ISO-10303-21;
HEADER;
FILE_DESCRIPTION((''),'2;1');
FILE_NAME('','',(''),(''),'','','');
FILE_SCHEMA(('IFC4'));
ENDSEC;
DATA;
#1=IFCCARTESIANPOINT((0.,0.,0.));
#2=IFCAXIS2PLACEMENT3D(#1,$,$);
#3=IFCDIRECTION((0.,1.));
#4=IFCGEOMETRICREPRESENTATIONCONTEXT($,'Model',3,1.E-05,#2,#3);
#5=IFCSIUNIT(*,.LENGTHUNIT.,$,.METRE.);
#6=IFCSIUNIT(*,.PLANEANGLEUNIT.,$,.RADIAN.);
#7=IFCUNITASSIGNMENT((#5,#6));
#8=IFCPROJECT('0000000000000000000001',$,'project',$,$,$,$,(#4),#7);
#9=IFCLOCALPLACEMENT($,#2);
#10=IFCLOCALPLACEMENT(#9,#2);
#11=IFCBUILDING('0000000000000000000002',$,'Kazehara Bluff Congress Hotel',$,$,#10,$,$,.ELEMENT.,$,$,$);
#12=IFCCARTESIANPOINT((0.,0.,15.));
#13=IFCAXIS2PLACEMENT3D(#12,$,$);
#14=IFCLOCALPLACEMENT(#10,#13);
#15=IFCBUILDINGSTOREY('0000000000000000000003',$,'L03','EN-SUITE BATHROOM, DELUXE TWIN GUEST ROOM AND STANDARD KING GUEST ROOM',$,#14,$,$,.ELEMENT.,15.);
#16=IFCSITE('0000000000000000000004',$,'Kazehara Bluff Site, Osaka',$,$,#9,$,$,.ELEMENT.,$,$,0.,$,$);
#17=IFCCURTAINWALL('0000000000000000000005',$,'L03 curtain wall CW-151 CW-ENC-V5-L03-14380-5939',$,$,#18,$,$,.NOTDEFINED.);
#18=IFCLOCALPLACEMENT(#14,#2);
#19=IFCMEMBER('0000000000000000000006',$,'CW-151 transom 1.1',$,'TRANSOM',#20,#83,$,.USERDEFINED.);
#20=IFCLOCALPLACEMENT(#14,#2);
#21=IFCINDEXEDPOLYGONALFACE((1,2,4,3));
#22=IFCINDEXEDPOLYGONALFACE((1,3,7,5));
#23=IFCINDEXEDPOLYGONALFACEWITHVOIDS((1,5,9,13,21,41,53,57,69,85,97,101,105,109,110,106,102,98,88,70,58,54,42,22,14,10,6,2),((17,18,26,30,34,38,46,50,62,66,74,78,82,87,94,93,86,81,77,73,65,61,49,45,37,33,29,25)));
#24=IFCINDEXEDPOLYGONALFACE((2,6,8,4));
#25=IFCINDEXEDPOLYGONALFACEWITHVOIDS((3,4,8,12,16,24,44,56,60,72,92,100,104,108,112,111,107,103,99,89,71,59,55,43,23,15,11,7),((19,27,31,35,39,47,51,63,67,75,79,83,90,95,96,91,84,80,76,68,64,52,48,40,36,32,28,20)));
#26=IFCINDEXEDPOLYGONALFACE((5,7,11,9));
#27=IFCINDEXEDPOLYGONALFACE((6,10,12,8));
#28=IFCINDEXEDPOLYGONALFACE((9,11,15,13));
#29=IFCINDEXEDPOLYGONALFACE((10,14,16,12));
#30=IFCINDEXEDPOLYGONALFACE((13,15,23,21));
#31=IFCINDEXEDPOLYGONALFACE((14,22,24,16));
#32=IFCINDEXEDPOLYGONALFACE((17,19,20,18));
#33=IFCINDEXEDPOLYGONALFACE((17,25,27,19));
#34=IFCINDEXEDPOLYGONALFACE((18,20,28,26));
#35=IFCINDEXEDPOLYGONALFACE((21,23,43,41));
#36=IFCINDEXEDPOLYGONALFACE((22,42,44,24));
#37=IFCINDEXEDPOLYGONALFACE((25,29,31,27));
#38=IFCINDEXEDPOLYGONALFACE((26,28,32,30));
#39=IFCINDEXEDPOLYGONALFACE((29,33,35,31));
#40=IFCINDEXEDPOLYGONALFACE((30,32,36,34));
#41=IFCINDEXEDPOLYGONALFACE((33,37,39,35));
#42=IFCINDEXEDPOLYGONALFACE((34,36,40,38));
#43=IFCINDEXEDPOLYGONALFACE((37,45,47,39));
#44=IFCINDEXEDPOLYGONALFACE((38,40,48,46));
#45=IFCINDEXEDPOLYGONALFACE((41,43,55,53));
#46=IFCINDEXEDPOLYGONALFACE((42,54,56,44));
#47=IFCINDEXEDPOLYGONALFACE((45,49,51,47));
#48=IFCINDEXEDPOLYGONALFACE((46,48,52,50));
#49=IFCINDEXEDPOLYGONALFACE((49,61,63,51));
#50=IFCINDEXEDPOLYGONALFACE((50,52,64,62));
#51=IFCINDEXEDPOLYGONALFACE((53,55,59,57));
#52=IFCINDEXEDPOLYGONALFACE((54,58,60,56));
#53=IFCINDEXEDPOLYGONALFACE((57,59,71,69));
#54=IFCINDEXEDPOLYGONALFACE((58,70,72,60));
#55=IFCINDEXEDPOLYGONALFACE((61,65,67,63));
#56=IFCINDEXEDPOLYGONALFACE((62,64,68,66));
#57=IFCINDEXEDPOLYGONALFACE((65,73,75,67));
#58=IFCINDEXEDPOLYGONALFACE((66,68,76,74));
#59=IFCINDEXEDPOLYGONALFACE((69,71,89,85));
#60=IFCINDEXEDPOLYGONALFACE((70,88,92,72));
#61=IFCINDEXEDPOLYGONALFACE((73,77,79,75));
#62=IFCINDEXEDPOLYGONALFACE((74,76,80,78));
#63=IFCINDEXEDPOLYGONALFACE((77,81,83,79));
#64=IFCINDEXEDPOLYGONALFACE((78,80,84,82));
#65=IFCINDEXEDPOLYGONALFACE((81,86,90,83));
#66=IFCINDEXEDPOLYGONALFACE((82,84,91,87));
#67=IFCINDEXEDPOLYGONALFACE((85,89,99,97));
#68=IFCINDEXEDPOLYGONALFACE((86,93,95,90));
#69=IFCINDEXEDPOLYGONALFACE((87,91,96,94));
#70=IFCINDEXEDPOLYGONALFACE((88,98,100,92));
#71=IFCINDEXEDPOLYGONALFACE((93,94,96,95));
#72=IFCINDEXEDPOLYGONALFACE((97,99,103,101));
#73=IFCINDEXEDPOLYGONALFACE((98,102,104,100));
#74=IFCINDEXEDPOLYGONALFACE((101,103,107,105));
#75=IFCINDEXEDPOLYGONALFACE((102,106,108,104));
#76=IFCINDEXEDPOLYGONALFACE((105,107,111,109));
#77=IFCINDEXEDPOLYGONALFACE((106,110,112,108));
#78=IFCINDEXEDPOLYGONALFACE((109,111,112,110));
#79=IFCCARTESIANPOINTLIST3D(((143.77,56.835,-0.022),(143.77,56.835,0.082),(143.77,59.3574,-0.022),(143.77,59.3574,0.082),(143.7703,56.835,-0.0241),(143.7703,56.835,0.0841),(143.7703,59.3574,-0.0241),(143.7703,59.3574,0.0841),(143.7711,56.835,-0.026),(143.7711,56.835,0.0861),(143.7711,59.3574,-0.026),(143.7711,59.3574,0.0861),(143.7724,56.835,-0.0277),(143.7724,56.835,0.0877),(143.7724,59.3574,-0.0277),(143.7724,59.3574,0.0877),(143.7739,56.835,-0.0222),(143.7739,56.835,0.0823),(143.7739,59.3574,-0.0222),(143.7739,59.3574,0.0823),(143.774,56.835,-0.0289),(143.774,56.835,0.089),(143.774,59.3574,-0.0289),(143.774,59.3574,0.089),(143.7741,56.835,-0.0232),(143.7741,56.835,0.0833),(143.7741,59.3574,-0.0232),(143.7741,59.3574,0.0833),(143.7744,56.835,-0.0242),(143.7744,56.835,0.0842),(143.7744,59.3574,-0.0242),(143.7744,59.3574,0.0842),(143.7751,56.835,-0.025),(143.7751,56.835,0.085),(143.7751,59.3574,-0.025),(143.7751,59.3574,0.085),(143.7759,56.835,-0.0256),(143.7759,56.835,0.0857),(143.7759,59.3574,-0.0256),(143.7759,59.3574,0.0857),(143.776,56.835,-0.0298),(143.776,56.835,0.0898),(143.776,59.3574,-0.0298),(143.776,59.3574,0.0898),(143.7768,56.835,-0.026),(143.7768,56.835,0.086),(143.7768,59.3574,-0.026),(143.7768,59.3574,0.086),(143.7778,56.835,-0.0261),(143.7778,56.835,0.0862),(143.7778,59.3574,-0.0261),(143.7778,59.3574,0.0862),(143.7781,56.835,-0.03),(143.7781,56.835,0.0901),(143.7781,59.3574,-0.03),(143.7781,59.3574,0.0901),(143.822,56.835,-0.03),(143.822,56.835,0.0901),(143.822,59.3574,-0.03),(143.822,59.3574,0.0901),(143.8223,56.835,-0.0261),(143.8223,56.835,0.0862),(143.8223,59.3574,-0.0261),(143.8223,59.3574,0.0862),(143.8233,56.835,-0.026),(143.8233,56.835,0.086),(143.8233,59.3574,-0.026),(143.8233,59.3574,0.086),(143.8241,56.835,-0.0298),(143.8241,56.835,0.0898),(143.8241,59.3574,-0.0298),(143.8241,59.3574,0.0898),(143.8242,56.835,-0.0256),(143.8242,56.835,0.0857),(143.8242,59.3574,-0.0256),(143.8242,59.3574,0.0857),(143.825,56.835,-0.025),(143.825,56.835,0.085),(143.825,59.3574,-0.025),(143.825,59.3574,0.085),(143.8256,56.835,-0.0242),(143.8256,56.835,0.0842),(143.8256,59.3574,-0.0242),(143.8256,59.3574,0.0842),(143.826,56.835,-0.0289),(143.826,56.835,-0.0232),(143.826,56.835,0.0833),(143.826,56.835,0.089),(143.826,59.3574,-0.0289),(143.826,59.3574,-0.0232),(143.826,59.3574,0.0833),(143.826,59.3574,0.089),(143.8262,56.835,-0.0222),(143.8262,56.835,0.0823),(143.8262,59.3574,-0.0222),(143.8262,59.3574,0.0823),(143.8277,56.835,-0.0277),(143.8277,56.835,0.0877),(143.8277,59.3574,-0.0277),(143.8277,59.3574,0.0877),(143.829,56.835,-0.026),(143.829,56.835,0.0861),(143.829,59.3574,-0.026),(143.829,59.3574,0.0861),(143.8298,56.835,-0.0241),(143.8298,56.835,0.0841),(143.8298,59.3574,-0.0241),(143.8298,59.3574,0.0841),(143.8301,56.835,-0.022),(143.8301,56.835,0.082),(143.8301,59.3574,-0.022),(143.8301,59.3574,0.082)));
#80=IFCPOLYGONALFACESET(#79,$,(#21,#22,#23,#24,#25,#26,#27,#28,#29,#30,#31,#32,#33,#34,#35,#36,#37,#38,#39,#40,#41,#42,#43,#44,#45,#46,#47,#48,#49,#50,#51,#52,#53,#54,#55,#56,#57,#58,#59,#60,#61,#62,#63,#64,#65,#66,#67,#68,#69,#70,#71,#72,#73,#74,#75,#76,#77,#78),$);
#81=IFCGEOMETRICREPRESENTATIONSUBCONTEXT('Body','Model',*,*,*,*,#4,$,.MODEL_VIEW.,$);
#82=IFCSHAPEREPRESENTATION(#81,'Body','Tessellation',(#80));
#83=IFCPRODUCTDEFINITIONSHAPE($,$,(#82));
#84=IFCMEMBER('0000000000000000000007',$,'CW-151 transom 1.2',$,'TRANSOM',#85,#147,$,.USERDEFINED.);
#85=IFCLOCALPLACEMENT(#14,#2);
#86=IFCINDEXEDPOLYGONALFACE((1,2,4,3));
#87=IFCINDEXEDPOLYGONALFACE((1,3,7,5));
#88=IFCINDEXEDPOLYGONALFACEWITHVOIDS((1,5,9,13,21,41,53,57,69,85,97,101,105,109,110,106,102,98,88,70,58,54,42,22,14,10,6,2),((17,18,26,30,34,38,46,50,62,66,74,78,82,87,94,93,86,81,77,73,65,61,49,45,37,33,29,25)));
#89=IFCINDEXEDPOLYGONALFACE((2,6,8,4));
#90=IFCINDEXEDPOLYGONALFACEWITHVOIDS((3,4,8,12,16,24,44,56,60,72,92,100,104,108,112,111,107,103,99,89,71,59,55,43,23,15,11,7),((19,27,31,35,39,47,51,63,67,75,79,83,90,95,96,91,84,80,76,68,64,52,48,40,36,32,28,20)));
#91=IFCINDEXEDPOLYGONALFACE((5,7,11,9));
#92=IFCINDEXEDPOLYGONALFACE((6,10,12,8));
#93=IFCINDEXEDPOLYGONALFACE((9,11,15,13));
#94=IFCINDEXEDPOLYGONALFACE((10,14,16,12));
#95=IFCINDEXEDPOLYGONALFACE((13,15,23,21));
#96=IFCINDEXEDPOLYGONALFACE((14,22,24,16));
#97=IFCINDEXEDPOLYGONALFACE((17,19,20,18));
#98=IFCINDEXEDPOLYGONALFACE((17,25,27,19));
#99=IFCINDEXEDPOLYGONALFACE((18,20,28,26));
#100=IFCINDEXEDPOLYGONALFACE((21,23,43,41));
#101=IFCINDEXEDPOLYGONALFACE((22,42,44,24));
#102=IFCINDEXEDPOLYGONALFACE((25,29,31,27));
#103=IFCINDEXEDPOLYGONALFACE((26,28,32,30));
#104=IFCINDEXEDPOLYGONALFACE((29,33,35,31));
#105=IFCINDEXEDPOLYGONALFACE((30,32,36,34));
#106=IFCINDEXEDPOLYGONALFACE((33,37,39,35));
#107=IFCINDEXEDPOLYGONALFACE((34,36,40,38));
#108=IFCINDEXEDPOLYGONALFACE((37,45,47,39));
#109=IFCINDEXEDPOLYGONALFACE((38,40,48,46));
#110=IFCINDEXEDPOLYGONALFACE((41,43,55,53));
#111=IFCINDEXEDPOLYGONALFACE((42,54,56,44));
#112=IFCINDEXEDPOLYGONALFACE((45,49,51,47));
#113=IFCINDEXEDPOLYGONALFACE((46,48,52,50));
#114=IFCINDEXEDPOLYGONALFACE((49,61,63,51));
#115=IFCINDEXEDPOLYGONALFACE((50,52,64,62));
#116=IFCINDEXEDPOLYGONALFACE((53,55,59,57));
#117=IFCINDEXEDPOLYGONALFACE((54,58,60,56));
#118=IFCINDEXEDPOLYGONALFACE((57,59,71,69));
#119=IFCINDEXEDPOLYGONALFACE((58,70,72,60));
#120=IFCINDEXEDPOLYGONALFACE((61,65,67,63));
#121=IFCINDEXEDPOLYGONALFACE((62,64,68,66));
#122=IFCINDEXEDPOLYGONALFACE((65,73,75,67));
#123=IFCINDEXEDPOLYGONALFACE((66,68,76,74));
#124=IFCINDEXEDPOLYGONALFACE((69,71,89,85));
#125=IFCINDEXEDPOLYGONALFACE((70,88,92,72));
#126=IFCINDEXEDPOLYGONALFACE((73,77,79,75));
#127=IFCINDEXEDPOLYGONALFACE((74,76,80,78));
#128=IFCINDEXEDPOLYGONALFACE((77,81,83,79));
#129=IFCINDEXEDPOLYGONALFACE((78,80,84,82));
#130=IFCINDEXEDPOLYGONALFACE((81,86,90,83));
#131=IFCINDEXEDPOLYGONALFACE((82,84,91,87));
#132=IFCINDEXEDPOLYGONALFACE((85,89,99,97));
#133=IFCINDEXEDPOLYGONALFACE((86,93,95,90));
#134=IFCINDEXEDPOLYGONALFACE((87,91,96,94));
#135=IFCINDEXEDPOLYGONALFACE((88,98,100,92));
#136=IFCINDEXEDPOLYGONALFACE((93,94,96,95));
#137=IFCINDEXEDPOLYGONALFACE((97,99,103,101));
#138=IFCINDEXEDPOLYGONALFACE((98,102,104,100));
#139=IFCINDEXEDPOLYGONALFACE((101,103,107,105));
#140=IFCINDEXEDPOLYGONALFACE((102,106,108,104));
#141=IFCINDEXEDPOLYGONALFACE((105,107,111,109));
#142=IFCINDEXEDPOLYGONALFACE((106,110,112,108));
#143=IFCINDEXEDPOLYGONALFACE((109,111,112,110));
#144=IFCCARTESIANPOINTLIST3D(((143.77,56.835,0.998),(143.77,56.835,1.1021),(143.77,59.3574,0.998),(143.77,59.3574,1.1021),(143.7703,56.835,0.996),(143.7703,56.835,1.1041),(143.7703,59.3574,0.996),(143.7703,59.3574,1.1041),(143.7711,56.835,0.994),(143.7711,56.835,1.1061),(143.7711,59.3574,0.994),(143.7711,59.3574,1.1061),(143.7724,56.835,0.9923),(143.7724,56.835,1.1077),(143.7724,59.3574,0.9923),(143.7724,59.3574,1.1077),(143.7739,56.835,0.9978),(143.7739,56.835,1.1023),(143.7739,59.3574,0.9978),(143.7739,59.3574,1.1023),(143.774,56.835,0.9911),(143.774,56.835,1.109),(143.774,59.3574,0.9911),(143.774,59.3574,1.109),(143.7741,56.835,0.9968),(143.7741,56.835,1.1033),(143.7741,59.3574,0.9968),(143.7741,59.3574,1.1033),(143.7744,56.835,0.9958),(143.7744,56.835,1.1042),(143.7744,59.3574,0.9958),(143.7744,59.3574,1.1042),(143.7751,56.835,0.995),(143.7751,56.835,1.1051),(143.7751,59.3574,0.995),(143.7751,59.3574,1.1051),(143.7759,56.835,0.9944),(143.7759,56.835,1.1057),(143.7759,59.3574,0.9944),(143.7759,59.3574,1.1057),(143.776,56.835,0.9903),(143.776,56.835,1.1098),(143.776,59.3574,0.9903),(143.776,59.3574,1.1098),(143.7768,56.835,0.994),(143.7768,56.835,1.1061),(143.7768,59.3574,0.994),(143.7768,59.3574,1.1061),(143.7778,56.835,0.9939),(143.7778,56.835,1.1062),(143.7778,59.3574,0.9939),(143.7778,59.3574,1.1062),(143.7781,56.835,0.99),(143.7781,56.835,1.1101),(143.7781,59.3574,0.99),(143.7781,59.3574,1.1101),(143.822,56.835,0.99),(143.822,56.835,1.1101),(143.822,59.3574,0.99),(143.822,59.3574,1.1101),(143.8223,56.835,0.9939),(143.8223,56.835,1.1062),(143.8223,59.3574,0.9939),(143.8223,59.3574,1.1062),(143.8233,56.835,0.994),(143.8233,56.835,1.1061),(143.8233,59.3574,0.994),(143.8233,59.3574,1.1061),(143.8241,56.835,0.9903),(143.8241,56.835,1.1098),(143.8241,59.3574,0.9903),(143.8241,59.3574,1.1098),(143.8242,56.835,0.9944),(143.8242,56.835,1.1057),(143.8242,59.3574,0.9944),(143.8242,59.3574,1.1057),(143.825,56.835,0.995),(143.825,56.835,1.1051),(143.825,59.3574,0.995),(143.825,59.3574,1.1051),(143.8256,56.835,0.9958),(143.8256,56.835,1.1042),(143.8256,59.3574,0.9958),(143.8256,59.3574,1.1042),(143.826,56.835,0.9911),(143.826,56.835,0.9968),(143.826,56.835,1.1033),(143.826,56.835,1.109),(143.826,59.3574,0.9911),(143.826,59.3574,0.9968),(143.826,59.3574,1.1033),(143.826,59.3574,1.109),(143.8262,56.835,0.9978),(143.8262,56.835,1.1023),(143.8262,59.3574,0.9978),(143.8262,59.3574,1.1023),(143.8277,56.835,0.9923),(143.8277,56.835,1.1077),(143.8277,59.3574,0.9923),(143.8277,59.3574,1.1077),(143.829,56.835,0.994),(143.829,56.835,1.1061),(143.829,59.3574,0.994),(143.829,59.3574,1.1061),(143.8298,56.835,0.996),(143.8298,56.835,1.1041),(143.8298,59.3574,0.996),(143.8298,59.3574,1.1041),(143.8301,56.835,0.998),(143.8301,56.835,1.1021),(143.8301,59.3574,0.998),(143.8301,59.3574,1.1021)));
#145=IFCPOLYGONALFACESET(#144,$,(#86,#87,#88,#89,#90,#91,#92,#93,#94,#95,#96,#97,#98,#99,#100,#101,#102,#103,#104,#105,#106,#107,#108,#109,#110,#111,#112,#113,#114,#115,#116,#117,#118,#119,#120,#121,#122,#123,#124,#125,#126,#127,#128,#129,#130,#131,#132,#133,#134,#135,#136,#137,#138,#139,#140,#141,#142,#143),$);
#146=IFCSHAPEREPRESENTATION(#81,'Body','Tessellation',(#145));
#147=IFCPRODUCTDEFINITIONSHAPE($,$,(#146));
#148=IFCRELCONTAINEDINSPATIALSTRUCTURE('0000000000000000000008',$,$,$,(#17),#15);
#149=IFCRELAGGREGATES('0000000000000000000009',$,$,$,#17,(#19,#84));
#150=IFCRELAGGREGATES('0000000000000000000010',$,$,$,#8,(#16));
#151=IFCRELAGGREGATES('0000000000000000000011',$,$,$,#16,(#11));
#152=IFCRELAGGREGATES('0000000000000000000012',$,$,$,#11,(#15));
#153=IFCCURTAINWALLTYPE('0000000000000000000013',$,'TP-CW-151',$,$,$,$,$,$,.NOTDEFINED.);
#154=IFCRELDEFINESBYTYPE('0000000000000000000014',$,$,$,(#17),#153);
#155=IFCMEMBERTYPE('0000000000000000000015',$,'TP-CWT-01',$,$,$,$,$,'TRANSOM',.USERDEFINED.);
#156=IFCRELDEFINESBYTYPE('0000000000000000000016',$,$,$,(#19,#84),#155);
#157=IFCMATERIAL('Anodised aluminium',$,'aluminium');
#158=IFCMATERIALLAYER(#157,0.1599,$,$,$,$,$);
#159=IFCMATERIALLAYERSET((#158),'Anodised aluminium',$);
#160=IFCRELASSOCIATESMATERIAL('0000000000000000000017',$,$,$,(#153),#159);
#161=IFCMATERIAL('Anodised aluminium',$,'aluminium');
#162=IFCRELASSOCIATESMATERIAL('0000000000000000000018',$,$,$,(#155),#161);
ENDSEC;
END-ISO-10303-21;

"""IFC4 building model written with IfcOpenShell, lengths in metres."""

from ifc_helpers import new_model, si_unit, direction, frame, origin, origin_2d, place, context, subcontext, project, spatial, hollow_rectangle, extrude, material, layer, layer_set, material_profile, profile_set, type_object, element, aggregate, save


model = new_model("IFC4")

# Units and contexts
model_context = context("Model", 3, precision=1e-05, world=origin(), true_north=direction((0.0, 1.0)))
body_context = subcontext(model_context, "Body", "Model", "MODEL_VIEW")
ifc_project = project(units=[si_unit("LENGTHUNIT", "METRE"), si_unit("PLANEANGLEUNIT", "RADIAN")], contexts=[model_context])

# Site, building, storey
site_placement = place(None, origin())
site = spatial("IfcSite", under=ifc_project, at=site_placement, Name="Kazehara Bluff Site, Osaka", CompositionType="ELEMENT", RefElevation=0.0)
building_placement = place(site_placement, origin())
building = spatial("IfcBuilding", under=site, at=building_placement, Name="Kazehara Bluff Congress Hotel", CompositionType="ELEMENT")
storey_placement = place(building_placement, frame((0.0, 0.0, 15.0)))
storey = spatial("IfcBuildingStorey", under=building, at=storey_placement, Name="L03", Description="EN-SUITE BATHROOM, DELUXE TWIN GUEST ROOM AND STANDARD KING GUEST ROOM", CompositionType="ELEMENT", Elevation=15.0)

# Curtain wall, members
ifc_material_1 = material(Name="Anodised aluminium", Category="aluminium")
ifc_layer_1 = layer(ifc_material_1, 0.1599)
ifc_layer_set_1 = layer_set([ifc_layer_1], Name="Anodised aluminium")
curtain_wall_type = type_object("IfcCurtainWallType", Name="TP-CW-151", PredefinedType="NOTDEFINED", material=ifc_layer_set_1)
curtain_wall_placement = place(storey_placement, origin())
curtain_wall = element("IfcCurtainWall", 1, at=curtain_wall_placement, inside=storey, type_object=curtain_wall_type, Name="L03 curtain wall CW-151 CW-ENC-V5-L03-14380-5939", PredefinedType="NOTDEFINED")
ifc_material_2 = material(Name="Anodised aluminium", Category="aluminium")
ifc_material_profile_1 = material_profile(ifc_material_2, hollow_rectangle(XDim=0.0601, YDim=0.1201, WallThickness=0.0039, InnerFilletRadius=0.0039, OuterFilletRadius=0.0081, at=origin_2d()))
ifc_profile_set_1 = profile_set([ifc_material_profile_1], Name="Anodised aluminium")
member_type_1 = type_object("IfcMemberType", Name="TP-CWT-01", ElementType="TRANSOM", PredefinedType="USERDEFINED", material=ifc_profile_set_1)
member_1_placement = place(storey_placement, frame((143.8, 56.835, 0.03), z_axis=(0.0, 1.0, 0.0), x_axis=(-1.0, 0.0, 0.0)))
member_1 = element("IfcMember", 2, at=member_1_placement, type_object=member_type_1, Name="CW-151 transom 1.1", ObjectType="TRANSOM", PredefinedType="USERDEFINED", context=body_context, shape_type="SweptSolid", body=[
    extrude(hollow_rectangle(XDim=0.0601, YDim=0.1201, WallThickness=0.0039, InnerFilletRadius=0.0039, OuterFilletRadius=0.0081, at=origin_2d()), origin(), (0.0, 0.0, 1.0), 2.5225),
])
member_2_placement = place(storey_placement, frame((143.8, 56.835, 1.05), z_axis=(0.0, 1.0, 0.0), x_axis=(-1.0, 0.0, 0.0)))
member_2 = element("IfcMember", 3, at=member_2_placement, type_object=member_type_1, Name="CW-151 transom 1.2", ObjectType="TRANSOM", PredefinedType="USERDEFINED", context=body_context, shape_type="SweptSolid", body=[
    extrude(hollow_rectangle(XDim=0.0601, YDim=0.1201, WallThickness=0.0039, InnerFilletRadius=0.0039, OuterFilletRadius=0.0081, at=origin_2d()), origin(), (0.0, 0.0, 1.0), 2.5225),
])
aggregate(curtain_wall, [member_1, member_2])

save(model, "model.ifc")
